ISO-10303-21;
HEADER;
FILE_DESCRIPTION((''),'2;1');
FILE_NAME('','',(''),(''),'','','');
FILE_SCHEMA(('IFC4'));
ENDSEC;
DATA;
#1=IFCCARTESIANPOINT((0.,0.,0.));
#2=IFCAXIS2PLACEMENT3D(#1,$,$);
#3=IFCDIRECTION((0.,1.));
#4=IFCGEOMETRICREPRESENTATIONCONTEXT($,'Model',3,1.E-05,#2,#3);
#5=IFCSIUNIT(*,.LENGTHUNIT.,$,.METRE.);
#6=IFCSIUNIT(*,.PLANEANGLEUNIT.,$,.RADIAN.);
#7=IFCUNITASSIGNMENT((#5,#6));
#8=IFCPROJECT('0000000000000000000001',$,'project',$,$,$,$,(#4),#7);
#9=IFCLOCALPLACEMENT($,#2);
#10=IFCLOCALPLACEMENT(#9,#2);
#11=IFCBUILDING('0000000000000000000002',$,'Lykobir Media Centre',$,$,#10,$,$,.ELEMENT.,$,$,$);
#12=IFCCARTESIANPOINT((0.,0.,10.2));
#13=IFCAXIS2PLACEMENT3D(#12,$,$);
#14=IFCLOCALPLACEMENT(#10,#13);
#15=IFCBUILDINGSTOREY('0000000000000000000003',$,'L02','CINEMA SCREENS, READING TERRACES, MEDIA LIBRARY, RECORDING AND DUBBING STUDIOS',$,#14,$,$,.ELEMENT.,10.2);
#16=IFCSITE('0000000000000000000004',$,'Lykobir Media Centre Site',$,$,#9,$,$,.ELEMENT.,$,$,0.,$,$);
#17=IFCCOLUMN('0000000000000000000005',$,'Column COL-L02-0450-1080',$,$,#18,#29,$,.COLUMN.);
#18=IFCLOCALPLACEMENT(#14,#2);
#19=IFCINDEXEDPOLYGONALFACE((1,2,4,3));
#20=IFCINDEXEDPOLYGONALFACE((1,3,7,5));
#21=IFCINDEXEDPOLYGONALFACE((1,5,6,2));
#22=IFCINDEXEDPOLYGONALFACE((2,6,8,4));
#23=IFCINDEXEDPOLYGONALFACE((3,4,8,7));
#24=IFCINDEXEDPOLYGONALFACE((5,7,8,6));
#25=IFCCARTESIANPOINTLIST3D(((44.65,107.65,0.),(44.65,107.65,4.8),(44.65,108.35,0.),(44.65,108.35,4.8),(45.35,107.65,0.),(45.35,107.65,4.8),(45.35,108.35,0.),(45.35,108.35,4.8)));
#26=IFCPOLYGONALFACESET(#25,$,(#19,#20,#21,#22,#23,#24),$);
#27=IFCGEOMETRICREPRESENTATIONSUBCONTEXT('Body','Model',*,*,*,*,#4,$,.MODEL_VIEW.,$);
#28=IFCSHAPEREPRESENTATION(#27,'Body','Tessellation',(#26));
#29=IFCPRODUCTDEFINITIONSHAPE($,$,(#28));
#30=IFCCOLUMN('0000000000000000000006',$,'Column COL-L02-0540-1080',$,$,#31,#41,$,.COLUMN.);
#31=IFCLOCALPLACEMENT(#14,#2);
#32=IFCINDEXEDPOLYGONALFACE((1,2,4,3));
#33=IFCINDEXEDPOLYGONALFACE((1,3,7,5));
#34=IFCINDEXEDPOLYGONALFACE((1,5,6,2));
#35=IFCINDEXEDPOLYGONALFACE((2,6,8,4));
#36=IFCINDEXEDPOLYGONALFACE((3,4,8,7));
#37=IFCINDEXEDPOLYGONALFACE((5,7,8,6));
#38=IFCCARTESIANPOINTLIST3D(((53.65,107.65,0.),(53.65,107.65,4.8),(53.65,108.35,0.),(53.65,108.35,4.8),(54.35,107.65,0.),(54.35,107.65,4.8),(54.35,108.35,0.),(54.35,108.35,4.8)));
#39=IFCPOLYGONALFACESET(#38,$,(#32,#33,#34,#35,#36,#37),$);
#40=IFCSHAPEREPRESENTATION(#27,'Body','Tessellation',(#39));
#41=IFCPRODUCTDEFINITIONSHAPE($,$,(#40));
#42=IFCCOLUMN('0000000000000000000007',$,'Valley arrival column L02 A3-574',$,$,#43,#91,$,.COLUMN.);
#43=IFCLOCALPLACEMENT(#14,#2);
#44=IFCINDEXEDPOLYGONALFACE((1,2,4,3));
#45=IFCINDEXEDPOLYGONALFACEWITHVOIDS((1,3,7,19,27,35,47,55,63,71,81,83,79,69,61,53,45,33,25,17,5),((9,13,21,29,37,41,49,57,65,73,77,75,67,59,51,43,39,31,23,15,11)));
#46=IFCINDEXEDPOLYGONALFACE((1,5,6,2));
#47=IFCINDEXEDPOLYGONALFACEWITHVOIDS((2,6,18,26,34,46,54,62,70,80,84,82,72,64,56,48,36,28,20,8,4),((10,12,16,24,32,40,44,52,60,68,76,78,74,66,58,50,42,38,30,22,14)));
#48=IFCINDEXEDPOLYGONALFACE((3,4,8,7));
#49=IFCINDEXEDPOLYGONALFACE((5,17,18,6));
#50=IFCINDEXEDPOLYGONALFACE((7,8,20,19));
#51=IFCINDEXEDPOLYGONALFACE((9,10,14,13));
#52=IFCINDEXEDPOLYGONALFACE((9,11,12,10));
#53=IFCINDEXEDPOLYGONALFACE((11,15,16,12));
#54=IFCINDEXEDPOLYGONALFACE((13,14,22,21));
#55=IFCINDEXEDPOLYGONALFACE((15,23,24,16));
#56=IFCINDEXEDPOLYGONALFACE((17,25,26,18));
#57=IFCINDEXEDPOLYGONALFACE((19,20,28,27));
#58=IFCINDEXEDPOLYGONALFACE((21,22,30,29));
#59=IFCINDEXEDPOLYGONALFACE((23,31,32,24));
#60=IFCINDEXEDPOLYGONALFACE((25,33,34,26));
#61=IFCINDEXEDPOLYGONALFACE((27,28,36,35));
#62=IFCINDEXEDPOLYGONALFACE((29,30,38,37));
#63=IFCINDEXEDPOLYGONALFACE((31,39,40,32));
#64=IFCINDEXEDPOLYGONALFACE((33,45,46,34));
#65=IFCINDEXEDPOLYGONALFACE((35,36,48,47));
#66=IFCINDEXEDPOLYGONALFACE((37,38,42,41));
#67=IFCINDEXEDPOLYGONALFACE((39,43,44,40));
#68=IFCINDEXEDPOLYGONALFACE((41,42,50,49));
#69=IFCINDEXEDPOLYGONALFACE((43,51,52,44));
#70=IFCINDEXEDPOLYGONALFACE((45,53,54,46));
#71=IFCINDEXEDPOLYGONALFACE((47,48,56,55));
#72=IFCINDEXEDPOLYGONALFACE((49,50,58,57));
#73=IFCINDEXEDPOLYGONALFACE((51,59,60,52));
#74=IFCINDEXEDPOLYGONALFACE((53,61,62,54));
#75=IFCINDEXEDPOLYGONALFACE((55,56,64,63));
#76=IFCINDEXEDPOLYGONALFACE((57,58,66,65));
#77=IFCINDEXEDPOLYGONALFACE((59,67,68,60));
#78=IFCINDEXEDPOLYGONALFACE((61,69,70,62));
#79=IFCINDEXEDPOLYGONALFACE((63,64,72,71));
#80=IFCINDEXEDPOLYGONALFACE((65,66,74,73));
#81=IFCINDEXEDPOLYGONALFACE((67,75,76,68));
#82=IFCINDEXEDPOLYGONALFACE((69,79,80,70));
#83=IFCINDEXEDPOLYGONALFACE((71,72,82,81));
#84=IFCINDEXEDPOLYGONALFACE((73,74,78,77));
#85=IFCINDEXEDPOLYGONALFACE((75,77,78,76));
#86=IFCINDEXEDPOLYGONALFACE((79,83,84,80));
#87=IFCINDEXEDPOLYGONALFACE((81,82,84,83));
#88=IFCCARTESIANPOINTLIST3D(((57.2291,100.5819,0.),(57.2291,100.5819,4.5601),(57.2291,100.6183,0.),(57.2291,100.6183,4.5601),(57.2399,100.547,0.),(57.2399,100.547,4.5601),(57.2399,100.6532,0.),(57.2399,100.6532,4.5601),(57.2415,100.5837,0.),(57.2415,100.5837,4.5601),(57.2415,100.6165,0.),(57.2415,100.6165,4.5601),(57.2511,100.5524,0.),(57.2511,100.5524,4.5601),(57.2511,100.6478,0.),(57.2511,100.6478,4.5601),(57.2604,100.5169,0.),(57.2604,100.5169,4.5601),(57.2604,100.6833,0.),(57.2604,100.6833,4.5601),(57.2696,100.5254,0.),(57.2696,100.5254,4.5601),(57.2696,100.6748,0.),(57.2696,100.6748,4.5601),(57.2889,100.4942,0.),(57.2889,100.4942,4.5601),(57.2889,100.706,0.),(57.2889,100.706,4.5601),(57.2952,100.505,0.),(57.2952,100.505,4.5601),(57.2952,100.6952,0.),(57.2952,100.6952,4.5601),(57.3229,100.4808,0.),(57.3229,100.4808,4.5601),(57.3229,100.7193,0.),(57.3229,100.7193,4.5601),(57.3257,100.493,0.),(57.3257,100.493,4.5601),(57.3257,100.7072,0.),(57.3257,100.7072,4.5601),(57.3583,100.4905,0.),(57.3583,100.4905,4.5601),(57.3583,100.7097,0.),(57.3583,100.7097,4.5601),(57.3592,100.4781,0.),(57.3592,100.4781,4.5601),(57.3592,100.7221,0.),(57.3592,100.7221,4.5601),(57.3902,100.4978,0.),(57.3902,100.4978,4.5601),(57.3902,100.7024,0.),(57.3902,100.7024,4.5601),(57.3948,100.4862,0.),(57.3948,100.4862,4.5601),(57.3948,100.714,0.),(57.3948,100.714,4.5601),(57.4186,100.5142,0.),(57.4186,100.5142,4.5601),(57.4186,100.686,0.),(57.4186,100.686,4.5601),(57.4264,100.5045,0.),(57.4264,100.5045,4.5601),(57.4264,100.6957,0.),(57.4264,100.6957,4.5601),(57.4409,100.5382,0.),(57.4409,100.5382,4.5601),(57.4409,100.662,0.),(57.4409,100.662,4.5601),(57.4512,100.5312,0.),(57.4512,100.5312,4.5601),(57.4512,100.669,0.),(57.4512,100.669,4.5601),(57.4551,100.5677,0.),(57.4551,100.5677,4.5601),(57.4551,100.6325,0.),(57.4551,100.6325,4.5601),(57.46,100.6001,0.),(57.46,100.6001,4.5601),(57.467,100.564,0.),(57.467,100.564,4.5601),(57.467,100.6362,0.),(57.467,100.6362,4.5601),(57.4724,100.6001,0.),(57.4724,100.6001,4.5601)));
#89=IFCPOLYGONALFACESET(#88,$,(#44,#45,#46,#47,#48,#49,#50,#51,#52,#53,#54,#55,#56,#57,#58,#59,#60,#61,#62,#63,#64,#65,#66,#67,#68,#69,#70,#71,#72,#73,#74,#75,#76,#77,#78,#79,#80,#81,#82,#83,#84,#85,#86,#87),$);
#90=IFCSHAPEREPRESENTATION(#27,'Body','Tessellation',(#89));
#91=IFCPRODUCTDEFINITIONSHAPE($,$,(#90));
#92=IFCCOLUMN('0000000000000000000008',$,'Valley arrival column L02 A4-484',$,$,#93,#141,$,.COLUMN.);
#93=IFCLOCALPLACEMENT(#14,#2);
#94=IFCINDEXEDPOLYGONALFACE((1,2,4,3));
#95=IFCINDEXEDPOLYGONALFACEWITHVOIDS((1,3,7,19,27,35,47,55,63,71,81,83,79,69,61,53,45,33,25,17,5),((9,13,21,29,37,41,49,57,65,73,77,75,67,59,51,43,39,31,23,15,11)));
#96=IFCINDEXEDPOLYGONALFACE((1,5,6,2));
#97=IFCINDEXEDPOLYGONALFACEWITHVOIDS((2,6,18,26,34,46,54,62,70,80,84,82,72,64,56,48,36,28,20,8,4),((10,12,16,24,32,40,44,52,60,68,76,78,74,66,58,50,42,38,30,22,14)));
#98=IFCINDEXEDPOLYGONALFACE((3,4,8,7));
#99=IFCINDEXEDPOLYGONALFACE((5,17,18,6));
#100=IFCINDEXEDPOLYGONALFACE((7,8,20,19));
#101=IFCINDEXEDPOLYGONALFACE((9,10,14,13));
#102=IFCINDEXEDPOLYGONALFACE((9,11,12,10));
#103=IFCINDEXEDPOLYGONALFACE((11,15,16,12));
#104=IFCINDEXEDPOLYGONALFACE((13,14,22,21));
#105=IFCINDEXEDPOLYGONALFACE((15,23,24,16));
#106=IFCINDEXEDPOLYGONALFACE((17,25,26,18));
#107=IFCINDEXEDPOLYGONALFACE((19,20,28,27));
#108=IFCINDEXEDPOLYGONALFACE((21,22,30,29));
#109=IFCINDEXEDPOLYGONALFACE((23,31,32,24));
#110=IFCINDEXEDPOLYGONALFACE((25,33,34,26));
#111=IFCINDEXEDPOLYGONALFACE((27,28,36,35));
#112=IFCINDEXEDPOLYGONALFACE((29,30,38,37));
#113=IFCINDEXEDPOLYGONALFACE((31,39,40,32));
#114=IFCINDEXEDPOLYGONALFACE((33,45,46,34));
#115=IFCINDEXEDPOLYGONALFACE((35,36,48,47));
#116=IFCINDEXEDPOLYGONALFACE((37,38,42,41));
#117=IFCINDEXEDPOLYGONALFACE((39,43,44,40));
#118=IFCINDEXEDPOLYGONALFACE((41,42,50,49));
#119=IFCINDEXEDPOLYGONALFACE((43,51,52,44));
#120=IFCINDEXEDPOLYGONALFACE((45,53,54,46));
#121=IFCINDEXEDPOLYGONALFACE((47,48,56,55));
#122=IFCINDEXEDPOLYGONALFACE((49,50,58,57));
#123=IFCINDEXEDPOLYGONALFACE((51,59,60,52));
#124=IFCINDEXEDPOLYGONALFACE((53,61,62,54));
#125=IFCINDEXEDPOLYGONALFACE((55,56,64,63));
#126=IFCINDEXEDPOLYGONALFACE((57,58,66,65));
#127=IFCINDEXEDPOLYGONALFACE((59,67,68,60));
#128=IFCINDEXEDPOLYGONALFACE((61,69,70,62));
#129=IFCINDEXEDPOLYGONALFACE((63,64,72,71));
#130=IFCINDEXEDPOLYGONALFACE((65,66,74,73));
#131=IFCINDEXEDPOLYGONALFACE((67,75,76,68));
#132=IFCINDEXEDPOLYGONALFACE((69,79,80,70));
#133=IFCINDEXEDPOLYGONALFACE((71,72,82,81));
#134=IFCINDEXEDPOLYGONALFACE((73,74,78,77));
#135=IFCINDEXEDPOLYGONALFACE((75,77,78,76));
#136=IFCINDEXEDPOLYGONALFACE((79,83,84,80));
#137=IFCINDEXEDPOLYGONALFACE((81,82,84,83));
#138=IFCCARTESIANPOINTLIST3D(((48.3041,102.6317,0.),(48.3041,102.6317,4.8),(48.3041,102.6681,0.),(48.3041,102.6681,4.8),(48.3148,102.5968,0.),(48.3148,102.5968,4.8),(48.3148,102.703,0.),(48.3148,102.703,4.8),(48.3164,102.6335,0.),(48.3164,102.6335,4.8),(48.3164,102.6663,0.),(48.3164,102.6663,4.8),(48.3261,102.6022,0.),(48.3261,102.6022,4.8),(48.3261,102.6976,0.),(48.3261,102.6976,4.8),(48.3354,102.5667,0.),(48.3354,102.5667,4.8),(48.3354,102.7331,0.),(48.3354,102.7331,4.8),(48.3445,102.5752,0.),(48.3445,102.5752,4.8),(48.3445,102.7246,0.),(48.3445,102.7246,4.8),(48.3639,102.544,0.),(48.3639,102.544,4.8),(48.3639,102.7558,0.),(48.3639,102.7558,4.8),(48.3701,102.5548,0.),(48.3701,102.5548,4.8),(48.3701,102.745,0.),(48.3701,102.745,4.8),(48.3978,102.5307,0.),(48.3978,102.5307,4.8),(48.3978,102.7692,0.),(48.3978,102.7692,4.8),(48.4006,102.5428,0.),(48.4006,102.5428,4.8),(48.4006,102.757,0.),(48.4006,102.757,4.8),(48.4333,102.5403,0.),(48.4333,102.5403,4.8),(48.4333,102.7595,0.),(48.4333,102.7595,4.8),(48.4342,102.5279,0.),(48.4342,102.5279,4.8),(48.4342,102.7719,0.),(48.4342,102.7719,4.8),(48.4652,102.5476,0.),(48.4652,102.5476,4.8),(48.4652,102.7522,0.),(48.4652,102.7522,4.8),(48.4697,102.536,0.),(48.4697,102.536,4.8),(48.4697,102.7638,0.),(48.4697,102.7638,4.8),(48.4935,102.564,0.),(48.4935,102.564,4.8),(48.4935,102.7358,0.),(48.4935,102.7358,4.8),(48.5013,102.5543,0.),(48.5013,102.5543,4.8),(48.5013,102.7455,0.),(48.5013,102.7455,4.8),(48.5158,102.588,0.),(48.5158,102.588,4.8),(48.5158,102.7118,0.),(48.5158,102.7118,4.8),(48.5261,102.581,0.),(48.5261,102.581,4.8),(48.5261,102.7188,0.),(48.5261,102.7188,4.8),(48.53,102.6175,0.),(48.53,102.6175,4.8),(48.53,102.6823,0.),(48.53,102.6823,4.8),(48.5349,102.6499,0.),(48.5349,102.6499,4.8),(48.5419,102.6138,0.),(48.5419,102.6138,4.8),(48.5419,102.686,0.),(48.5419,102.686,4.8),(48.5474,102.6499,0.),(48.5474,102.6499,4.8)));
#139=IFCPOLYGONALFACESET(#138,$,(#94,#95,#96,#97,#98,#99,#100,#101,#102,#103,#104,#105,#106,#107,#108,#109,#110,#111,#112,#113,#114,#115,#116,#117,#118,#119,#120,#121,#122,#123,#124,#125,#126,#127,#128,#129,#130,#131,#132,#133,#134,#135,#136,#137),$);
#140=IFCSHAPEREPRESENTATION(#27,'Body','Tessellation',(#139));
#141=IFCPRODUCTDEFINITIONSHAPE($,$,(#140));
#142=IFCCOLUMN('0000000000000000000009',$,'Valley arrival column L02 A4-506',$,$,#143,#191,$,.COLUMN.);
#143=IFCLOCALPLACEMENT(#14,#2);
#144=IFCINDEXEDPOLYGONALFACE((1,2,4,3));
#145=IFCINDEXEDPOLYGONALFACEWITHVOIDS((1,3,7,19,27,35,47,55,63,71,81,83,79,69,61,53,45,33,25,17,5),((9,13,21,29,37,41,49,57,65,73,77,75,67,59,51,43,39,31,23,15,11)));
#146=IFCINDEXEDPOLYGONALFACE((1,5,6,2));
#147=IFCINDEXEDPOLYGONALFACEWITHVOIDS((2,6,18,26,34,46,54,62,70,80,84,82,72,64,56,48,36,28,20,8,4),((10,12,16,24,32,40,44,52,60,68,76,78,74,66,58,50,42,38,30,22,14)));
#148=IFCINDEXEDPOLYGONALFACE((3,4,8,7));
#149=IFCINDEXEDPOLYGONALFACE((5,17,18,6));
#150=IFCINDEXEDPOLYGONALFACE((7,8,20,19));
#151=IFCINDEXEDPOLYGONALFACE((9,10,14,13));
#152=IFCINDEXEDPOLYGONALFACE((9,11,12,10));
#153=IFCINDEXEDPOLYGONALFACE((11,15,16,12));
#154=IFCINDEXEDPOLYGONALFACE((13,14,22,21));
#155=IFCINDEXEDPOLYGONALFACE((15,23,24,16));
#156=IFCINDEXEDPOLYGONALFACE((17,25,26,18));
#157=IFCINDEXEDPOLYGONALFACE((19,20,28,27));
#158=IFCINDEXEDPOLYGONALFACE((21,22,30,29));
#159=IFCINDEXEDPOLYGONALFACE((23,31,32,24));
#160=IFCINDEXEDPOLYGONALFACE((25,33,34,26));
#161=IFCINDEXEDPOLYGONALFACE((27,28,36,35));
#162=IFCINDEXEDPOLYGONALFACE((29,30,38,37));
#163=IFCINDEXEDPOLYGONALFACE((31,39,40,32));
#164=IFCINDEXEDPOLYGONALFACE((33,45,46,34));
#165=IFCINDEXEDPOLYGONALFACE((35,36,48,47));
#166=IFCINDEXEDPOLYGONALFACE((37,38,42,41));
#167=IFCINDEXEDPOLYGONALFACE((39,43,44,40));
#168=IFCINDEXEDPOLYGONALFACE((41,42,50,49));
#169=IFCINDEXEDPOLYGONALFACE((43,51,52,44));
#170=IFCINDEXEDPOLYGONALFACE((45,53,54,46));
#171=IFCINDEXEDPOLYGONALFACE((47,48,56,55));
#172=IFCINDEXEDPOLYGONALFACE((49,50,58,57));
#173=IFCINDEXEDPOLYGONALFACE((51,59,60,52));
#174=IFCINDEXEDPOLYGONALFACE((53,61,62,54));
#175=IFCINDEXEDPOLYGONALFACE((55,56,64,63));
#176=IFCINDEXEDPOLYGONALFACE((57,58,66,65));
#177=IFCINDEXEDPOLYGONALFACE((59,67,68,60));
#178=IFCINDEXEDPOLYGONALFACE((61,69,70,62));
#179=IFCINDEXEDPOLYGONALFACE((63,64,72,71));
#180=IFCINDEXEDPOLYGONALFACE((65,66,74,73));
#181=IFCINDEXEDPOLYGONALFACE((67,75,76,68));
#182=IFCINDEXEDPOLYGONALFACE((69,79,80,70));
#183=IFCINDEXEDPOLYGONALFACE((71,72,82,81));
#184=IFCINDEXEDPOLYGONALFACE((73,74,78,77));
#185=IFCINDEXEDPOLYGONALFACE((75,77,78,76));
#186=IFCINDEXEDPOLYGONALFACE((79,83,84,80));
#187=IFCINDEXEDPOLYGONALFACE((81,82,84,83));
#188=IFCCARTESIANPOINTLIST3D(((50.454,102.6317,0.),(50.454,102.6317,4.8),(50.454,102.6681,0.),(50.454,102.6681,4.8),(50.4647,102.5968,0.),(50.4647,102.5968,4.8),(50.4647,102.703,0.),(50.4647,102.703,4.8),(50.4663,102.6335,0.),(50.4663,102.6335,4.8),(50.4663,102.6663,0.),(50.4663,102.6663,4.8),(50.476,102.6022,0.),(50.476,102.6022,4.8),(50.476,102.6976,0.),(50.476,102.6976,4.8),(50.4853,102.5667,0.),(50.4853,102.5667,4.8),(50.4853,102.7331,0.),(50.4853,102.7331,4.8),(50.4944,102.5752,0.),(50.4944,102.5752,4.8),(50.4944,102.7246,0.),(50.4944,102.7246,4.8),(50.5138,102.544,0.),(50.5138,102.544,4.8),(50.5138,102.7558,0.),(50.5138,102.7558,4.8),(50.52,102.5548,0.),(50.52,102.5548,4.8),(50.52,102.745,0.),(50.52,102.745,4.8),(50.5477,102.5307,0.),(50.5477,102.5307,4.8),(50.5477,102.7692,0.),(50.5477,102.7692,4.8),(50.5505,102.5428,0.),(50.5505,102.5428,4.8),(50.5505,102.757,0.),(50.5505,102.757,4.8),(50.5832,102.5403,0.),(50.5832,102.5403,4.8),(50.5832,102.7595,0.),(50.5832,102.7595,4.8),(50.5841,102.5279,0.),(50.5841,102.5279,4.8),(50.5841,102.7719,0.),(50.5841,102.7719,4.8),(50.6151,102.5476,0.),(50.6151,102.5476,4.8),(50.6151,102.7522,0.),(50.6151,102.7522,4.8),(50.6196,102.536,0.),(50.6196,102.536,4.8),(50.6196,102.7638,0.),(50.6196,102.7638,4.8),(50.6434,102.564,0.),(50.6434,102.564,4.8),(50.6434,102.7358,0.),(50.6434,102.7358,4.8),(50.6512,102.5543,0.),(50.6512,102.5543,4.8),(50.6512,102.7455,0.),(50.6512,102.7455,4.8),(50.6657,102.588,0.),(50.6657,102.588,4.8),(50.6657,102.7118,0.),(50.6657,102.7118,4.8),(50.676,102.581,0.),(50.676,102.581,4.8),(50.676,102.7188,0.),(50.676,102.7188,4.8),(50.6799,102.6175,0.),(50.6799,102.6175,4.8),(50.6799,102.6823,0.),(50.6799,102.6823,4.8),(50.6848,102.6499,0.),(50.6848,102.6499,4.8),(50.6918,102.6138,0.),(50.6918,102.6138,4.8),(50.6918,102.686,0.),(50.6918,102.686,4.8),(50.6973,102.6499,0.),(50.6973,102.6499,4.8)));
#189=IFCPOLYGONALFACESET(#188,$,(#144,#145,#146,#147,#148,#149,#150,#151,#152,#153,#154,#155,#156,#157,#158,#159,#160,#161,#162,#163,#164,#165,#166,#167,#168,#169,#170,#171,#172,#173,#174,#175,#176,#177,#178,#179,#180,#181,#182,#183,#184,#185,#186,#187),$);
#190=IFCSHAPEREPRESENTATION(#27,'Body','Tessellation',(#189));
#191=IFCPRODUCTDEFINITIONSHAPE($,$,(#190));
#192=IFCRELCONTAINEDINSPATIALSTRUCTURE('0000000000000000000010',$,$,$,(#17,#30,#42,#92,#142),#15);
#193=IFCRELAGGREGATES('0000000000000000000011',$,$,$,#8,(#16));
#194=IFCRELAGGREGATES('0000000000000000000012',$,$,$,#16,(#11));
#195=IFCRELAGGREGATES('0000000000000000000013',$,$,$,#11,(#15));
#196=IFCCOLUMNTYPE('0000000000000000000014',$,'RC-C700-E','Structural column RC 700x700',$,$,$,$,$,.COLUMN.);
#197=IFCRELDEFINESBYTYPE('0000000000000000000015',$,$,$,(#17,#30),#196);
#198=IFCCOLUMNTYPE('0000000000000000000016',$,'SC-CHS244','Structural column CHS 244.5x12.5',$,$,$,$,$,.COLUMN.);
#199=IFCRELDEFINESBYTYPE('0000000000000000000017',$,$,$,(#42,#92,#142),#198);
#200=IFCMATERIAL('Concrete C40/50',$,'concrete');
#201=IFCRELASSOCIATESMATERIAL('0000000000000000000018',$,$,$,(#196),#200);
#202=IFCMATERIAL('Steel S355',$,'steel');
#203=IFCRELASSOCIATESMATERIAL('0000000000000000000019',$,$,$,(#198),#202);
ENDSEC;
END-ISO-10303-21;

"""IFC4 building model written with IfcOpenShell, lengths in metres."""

from ifc_helpers import new_model, si_unit, direction, frame, origin, origin_2d, place, context, subcontext, project, spatial, rectangle, hollow_circle, extrude, material, material_profile, profile_set, type_object, element, save


model = new_model("IFC4")

# Units and contexts
model_context = context("Model", 3, precision=1e-05, world=origin(), true_north=direction((0.0, 1.0)))
body_context = subcontext(model_context, "Body", "Model", "MODEL_VIEW")
ifc_project = project(units=[si_unit("LENGTHUNIT", "METRE"), si_unit("PLANEANGLEUNIT", "RADIAN")], contexts=[model_context])

# Site, building, storey
site_placement = place(None, origin())
site = spatial("IfcSite", under=ifc_project, at=site_placement, Name="Lykobir Media Centre Site", CompositionType="ELEMENT", RefElevation=0.0)
building_placement = place(site_placement, origin())
building = spatial("IfcBuilding", under=site, at=building_placement, Name="Lykobir Media Centre", CompositionType="ELEMENT")
storey_placement = place(building_placement, frame((0.0, 0.0, 10.2)))
storey = spatial("IfcBuildingStorey", under=building, at=storey_placement, Name="L02", Description="CINEMA SCREENS, READING TERRACES, MEDIA LIBRARY, RECORDING AND DUBBING STUDIOS", CompositionType="ELEMENT", Elevation=10.2)

# Columns
ifc_material_1 = material(Name="Concrete C40/50", Category="concrete")
ifc_material_profile_1 = material_profile(ifc_material_1, rectangle(XDim=0.7, YDim=0.7, at=origin_2d()), Name="RC 700x700")
ifc_profile_set_1 = profile_set([ifc_material_profile_1], Name="Concrete C40/50")
column_type_1 = type_object("IfcColumnType", Name="RC-C700-E", Description="Structural column RC 700x700", PredefinedType="COLUMN", material=ifc_profile_set_1)
for number, where, z_axis, x_axis, name in (
    (1, (45.0, 108.0, 0.0), (0.0, 0.0, 1.0), (1.0, 0.0, 0.0), "Column COL-L02-0450-1080"),
    (2, (54.0, 108.0, 0.0), (0.0, 0.0, 1.0), (1.0, 0.0, 0.0), "Column COL-L02-0540-1080"),
):
    element("IfcColumn", number, at=place(storey_placement, frame(where, z_axis=z_axis, x_axis=x_axis)), inside=storey, type_object=column_type_1, Name=name, PredefinedType="COLUMN", context=body_context, shape_type="SweptSolid", body=[
        extrude(rectangle(XDim=0.7, YDim=0.7, at=origin_2d()), origin(), (0.0, 0.0, 1.0), 4.8),
    ])
ifc_material_2 = material(Name="Steel S355", Category="steel")
ifc_material_profile_2 = material_profile(ifc_material_2, hollow_circle(Radius=0.1223, WallThickness=0.0125, at=origin_2d()), Name="CHS 244.5x12.5")
ifc_profile_set_2 = profile_set([ifc_material_profile_2], Name="Steel S355")
column_type_2 = type_object("IfcColumnType", Name="SC-CHS244", Description="Structural column CHS 244.5x12.5", PredefinedType="COLUMN", material=ifc_profile_set_2)
column_placement = place(storey_placement, frame((57.3501, 100.6001, 0.0), z_axis=(0.0, 0.0, 1.0), x_axis=(1.0, 0.0, 0.0)))
element("IfcColumn", 3, at=column_placement, inside=storey, type_object=column_type_2, Name="Valley arrival column L02 A3-574", PredefinedType="COLUMN", context=body_context, shape_type="SweptSolid", body=[
    extrude(hollow_circle(Radius=0.1223, WallThickness=0.0125, at=origin_2d()), origin(), (0.0, 0.0, 1.0), 4.5601),
])
for number, where, z_axis, x_axis, name in (
    (4, (48.425, 102.6499, 0.0), (0.0, 0.0, 1.0), (1.0, 0.0, 0.0), "Valley arrival column L02 A4-484"),
    (5, (50.575, 102.6499, 0.0), (0.0, 0.0, 1.0), (1.0, 0.0, 0.0), "Valley arrival column L02 A4-506"),
):
    element("IfcColumn", number, at=place(storey_placement, frame(where, z_axis=z_axis, x_axis=x_axis)), inside=storey, type_object=column_type_2, Name=name, PredefinedType="COLUMN", context=body_context, shape_type="SweptSolid", body=[
        extrude(hollow_circle(Radius=0.1223, WallThickness=0.0125, at=origin_2d()), origin(), (0.0, 0.0, 1.0), 4.8),
    ])

save(model, "model.ifc")
